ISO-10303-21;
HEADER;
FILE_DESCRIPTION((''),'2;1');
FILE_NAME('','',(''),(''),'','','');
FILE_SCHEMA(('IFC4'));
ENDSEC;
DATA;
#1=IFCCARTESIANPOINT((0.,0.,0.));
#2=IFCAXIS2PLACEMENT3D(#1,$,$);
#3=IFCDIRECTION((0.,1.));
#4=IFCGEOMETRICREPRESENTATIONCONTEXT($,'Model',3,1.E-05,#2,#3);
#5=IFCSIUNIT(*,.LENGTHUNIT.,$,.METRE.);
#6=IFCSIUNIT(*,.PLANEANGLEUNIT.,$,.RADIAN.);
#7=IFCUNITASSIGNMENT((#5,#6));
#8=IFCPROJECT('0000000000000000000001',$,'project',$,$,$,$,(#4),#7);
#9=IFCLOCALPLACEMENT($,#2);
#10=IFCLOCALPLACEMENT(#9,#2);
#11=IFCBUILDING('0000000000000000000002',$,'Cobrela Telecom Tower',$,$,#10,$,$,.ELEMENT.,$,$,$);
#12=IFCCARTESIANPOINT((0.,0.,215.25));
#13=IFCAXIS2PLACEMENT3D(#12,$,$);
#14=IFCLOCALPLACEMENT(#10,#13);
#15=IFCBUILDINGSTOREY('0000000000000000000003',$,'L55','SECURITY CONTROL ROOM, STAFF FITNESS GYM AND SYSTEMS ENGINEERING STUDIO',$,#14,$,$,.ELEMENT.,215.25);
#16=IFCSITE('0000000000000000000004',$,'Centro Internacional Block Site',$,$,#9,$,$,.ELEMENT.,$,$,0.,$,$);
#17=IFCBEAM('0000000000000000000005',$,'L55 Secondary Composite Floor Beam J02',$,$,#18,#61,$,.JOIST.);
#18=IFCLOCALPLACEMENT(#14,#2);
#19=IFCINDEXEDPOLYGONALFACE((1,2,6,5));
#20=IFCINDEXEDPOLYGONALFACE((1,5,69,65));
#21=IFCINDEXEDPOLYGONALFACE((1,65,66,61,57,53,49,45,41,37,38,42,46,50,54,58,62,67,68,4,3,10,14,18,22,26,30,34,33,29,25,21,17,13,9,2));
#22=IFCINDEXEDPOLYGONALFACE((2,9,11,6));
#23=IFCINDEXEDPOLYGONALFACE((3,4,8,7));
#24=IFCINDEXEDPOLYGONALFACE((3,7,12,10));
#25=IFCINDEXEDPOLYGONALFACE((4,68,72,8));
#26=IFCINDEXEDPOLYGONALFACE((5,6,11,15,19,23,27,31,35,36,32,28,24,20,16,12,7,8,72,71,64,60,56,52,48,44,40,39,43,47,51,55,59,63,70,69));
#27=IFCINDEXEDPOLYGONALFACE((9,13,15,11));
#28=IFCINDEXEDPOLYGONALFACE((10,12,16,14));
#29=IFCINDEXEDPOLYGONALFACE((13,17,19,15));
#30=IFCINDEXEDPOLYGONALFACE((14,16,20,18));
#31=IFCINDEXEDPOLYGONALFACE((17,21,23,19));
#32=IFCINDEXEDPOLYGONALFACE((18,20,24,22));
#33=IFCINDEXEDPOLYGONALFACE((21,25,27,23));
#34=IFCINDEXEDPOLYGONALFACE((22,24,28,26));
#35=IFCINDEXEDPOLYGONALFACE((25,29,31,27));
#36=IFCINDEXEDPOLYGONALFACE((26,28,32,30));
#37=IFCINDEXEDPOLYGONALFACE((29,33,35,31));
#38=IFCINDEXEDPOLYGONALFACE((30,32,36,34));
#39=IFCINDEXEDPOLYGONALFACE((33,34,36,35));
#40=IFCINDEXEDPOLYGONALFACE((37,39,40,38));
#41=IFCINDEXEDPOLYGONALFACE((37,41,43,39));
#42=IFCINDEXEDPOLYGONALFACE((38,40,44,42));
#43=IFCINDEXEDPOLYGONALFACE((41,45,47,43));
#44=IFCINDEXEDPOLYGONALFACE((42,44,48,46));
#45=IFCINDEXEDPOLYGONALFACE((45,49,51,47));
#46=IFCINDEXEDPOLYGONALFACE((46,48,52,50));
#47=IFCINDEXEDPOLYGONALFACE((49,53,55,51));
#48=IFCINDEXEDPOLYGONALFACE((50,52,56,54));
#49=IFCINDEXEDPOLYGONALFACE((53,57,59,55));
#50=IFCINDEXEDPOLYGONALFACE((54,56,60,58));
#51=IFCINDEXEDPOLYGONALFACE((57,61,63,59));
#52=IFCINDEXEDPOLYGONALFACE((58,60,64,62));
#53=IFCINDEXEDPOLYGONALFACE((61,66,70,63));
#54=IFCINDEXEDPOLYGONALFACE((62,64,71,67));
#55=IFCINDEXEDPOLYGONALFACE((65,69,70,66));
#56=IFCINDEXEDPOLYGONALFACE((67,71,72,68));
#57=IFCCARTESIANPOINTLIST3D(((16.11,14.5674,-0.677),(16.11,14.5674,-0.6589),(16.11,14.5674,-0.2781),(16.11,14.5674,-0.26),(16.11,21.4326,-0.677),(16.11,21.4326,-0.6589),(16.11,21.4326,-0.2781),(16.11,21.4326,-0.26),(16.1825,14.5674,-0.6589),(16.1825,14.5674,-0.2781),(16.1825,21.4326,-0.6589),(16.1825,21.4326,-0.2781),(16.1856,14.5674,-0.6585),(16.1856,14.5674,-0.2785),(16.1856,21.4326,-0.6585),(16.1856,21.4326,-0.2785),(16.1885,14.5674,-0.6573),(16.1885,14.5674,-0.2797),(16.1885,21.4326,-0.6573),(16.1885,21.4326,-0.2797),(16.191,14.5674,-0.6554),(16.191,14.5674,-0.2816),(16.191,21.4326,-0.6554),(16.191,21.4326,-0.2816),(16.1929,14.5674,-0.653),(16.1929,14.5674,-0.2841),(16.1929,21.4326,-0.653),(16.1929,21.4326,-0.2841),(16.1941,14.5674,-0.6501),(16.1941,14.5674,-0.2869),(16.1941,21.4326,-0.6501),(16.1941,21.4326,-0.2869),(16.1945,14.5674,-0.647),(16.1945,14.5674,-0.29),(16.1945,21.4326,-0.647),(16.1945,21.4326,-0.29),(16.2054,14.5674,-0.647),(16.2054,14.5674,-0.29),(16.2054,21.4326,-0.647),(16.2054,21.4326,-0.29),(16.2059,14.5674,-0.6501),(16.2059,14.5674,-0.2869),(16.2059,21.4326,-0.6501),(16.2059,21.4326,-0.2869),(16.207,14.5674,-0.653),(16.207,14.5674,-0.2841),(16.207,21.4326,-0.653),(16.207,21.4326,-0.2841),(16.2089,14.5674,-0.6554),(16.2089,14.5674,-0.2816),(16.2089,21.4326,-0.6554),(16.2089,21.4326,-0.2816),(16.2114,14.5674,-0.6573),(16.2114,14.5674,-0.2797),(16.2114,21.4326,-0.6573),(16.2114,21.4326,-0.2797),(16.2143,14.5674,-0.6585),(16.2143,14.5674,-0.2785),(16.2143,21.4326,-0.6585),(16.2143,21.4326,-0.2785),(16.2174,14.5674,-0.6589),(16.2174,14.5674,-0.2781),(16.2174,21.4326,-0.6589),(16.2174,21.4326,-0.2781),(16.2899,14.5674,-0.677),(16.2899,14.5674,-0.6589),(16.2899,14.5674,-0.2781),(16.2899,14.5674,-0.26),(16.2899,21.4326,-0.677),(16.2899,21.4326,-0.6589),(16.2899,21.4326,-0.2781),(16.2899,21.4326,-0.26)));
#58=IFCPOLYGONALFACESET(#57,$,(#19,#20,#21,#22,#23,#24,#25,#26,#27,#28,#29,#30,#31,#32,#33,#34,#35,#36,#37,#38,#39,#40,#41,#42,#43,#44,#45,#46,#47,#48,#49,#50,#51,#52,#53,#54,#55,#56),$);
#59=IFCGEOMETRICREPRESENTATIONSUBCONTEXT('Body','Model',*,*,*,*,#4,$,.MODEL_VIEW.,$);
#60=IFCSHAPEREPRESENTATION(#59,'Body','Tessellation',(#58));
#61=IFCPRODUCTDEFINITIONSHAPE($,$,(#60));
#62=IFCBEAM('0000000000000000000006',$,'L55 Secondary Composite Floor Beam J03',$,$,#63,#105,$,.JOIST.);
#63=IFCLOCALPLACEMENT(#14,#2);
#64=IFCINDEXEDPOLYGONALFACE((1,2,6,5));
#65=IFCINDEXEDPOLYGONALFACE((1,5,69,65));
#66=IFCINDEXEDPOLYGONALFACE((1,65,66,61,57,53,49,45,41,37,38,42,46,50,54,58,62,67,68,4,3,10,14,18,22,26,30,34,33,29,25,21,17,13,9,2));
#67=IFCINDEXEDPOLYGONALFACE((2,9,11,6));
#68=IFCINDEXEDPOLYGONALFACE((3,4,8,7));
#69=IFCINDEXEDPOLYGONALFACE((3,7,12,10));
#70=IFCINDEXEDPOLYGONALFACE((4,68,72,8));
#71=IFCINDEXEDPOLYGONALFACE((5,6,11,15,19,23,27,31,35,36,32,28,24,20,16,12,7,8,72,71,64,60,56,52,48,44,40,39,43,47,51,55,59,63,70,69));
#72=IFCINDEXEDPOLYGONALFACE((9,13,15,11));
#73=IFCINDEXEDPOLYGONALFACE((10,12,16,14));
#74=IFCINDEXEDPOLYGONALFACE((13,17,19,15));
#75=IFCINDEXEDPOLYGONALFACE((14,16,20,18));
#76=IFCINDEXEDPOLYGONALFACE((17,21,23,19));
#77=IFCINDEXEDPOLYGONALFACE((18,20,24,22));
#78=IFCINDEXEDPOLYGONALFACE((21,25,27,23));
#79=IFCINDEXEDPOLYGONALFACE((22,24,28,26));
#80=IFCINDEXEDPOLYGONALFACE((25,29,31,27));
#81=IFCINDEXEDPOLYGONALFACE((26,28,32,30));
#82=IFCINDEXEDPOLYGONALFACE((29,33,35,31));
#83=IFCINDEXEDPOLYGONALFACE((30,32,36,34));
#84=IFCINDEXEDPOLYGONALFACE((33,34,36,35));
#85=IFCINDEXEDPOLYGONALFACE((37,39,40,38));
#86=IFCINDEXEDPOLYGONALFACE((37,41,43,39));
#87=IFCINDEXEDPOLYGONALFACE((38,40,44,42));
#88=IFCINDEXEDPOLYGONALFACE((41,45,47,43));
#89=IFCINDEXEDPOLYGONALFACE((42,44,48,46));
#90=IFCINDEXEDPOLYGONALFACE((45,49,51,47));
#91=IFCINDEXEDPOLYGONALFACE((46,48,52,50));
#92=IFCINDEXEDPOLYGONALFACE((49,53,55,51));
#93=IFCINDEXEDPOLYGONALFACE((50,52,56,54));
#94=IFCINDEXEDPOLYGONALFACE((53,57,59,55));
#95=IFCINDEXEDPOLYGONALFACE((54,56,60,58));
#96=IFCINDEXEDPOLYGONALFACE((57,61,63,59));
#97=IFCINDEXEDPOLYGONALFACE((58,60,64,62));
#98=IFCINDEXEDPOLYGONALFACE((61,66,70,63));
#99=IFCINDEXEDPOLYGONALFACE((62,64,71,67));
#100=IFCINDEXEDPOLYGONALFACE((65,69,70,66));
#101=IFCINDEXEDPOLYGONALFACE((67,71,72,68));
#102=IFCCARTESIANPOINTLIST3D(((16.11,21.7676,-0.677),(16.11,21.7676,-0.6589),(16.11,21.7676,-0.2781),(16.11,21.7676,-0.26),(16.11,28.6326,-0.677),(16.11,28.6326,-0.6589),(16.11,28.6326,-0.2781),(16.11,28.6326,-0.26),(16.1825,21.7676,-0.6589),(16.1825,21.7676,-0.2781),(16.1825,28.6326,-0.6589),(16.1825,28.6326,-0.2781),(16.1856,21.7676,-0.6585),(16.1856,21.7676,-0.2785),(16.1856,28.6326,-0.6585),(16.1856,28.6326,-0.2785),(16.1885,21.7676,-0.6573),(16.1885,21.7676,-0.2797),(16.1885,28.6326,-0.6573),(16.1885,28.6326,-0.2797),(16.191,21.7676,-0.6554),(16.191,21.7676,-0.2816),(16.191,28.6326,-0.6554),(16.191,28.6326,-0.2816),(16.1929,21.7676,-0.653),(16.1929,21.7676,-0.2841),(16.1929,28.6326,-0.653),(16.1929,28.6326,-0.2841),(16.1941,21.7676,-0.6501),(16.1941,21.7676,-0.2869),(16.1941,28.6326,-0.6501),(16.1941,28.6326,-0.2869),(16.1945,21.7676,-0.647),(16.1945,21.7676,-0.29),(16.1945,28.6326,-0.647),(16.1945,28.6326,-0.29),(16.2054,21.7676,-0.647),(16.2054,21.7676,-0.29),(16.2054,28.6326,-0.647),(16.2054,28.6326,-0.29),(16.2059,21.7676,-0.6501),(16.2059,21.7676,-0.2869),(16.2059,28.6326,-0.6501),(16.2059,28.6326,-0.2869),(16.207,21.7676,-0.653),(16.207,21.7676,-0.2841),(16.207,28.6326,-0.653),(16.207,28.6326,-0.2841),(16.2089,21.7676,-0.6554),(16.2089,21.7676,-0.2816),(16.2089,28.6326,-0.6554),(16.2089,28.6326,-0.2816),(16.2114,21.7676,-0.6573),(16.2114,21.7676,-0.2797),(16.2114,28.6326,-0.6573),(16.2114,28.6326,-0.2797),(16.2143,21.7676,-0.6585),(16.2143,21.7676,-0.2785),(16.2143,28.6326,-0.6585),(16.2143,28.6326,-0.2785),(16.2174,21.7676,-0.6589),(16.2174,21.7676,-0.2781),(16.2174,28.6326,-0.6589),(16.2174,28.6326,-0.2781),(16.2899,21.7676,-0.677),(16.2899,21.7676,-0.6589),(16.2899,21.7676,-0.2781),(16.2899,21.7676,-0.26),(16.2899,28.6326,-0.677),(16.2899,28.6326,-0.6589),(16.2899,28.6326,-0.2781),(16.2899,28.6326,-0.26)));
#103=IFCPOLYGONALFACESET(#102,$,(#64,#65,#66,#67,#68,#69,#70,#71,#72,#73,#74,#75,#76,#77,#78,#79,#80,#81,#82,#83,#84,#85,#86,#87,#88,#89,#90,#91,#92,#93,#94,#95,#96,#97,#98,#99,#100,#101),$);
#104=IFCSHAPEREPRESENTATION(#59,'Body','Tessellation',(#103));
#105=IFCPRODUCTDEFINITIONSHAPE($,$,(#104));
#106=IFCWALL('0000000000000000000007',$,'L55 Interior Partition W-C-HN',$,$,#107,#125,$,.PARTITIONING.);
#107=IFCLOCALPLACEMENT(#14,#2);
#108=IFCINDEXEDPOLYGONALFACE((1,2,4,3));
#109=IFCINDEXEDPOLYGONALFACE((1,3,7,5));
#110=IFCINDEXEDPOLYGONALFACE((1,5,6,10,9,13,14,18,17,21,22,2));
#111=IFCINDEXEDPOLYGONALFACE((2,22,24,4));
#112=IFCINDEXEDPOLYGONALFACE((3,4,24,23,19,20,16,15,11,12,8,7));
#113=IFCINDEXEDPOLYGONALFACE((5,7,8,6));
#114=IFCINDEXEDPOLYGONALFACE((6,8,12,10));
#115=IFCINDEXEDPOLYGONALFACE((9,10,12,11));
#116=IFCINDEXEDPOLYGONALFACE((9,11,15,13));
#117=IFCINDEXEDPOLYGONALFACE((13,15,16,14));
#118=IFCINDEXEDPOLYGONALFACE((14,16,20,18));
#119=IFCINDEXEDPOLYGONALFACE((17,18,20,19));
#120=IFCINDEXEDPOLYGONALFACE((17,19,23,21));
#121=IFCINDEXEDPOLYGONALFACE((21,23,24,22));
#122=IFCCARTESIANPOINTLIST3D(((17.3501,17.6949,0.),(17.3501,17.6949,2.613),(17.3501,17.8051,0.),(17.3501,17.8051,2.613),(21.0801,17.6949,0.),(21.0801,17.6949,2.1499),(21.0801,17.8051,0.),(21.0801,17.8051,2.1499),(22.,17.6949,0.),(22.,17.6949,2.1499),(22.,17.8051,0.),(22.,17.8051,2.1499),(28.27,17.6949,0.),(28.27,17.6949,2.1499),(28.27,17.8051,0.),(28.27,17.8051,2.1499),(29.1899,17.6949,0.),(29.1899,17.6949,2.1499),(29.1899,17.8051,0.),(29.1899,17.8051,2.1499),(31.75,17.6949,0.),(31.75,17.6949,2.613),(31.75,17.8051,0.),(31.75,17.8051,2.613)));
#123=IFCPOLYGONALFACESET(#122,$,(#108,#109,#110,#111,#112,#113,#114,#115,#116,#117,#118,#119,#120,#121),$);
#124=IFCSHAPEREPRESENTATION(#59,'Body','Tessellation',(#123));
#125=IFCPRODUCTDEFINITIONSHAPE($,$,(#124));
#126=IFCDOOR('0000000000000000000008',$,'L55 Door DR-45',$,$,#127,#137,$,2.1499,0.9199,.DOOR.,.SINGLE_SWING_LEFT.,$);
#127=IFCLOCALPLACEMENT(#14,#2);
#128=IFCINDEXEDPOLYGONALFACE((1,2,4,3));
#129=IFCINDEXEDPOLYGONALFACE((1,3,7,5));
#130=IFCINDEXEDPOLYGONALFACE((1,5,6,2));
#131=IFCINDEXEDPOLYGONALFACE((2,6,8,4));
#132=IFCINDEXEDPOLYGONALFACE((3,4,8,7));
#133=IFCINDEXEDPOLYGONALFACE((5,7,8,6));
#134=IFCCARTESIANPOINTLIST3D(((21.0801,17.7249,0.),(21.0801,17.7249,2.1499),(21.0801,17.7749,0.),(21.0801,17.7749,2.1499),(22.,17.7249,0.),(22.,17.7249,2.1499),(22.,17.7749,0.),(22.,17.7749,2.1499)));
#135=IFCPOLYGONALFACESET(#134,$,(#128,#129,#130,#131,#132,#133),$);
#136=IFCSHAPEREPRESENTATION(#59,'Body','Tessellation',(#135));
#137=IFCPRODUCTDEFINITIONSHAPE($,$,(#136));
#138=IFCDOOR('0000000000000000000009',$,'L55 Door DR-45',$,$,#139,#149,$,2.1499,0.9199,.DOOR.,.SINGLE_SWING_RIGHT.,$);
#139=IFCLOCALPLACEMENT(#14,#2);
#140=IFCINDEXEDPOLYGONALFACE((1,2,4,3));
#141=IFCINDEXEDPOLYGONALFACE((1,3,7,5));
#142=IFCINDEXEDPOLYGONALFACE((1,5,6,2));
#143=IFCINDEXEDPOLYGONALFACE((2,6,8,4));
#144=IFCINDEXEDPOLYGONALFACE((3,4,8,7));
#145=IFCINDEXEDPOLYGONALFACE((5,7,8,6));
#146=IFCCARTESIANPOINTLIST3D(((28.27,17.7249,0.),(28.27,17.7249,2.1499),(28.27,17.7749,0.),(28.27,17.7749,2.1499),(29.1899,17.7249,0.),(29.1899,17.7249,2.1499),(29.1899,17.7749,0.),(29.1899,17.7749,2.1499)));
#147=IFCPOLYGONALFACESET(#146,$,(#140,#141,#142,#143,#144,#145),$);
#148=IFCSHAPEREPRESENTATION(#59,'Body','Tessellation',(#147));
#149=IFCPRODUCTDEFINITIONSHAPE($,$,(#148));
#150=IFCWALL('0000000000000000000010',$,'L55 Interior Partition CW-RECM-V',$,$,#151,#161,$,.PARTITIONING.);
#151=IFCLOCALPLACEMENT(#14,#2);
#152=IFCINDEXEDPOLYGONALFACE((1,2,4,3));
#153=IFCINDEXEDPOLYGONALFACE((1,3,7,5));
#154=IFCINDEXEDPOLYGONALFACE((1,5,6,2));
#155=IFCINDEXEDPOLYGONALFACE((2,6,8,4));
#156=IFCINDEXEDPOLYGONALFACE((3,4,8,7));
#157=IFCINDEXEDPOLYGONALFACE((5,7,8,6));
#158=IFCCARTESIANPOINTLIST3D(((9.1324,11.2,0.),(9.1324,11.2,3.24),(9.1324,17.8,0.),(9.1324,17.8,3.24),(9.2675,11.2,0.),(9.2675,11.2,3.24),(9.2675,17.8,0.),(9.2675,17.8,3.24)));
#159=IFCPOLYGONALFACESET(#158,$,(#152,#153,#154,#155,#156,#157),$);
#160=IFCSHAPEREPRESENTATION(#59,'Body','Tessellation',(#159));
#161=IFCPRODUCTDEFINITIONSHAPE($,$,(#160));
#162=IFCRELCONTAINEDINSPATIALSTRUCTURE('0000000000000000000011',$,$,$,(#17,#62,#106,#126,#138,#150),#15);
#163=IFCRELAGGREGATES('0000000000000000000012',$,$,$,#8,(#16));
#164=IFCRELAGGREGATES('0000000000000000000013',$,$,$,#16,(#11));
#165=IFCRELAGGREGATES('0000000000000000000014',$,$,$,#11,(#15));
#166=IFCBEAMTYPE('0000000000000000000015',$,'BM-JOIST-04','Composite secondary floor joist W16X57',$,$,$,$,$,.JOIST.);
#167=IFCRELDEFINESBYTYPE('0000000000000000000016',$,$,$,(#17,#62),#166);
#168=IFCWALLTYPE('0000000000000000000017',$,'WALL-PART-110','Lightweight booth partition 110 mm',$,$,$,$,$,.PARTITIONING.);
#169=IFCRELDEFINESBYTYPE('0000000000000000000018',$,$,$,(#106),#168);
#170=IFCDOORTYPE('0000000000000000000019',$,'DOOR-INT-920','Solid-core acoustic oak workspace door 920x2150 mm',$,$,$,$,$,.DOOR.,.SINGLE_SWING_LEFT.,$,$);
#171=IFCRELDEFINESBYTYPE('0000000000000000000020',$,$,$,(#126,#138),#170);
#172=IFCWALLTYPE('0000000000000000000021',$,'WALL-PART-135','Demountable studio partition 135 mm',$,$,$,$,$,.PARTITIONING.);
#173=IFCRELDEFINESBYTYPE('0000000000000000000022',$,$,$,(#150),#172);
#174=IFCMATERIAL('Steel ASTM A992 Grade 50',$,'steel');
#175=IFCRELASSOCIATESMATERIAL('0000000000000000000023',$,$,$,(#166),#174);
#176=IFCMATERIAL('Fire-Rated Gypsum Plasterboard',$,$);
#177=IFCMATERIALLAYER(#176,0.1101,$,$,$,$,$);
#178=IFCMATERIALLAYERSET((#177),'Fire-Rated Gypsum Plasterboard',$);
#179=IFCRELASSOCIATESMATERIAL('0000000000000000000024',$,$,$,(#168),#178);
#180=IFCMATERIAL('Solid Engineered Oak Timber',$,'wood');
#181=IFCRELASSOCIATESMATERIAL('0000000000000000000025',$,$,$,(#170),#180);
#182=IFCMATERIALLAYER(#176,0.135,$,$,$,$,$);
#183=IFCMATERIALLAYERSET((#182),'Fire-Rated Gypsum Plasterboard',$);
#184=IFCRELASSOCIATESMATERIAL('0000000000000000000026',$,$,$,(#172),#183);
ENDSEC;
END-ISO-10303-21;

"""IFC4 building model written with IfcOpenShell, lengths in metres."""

from ifc_helpers import new_model, si_unit, direction, frame, frame_2d, origin, origin_2d, place, context, subcontext, project, spatial, rectangle, i_section, extrude, material, layer, layer_set, material_profile, profile_set, type_object, element, fill, save


model = new_model("IFC4")

# Units and contexts
model_context = context("Model", 3, precision=1e-05, world=origin(), true_north=direction((0.0, 1.0)))
body_context = subcontext(model_context, "Body", "Model", "MODEL_VIEW")
ifc_project = project(units=[si_unit("LENGTHUNIT", "METRE"), si_unit("PLANEANGLEUNIT", "RADIAN")], contexts=[model_context])

# Site, building, storey
site_placement = place(None, origin())
site = spatial("IfcSite", under=ifc_project, at=site_placement, Name="Centro Internacional Block Site", CompositionType="ELEMENT", RefElevation=0.0)
building_placement = place(site_placement, origin())
building = spatial("IfcBuilding", under=site, at=building_placement, Name="Cobrela Telecom Tower", CompositionType="ELEMENT")
storey_placement = place(building_placement, frame((0.0, 0.0, 215.25)))
storey = spatial("IfcBuildingStorey", under=building, at=storey_placement, Name="L55", Description="SECURITY CONTROL ROOM, STAFF FITNESS GYM AND SYSTEMS ENGINEERING STUDIO", CompositionType="ELEMENT", Elevation=215.25)

# Beams
ifc_material_1 = material(Name="Steel ASTM A992 Grade 50", Category="steel")
ifc_material_profile_1 = material_profile(ifc_material_1, i_section(OverallWidth=0.1799, OverallDepth=0.417, WebThickness=0.011, FlangeThickness=0.0181, FilletRadius=0.012, at=origin_2d()), Name="W16X57")
ifc_profile_set_1 = profile_set([ifc_material_profile_1], Name="Steel ASTM A992 Grade 50")
beam_type_1 = type_object("IfcBeamType", Name="BM-JOIST-04", Description="Composite secondary floor joist W16X57", PredefinedType="JOIST", material=ifc_profile_set_1)
beam_1_placement = place(storey_placement, frame((16.2, 14.5674, -0.4685), z_axis=(0.0, 1.0, 0.0), x_axis=(-1.0, 0.0, 0.0)))
element("IfcBeam", 1, at=beam_1_placement, inside=storey, type_object=beam_type_1, Name="L55 Secondary Composite Floor Beam J02", PredefinedType="JOIST", context=body_context, shape_type="SweptSolid", body=[
    extrude(i_section(OverallWidth=0.1799, OverallDepth=0.417, WebThickness=0.011, FlangeThickness=0.0181, FilletRadius=0.012, at=origin_2d()), origin(), (0.0, 0.0, 1.0), 6.8652),
])
beam_2_placement = place(storey_placement, frame((16.2, 21.7676, -0.4685), z_axis=(0.0, 1.0, 0.0), x_axis=(-1.0, 0.0, 0.0)))
element("IfcBeam", 2, at=beam_2_placement, inside=storey, type_object=beam_type_1, Name="L55 Secondary Composite Floor Beam J03", PredefinedType="JOIST", context=body_context, shape_type="SweptSolid", body=[
    extrude(i_section(OverallWidth=0.1799, OverallDepth=0.417, WebThickness=0.011, FlangeThickness=0.0181, FilletRadius=0.012, at=origin_2d()), origin(), (0.0, 0.0, 1.0), 6.865),
])

# Wall, openings, doors
ifc_material_2 = material(Name="Fire-Rated Gypsum Plasterboard")
ifc_layer_1 = layer(ifc_material_2, 0.1101)
ifc_layer_set_1 = layer_set([ifc_layer_1], Name="Fire-Rated Gypsum Plasterboard")
wall_type_1 = type_object("IfcWallType", Name="WALL-PART-110", Description="Lightweight booth partition 110 mm", PredefinedType="PARTITIONING", material=ifc_layer_set_1)
wall_1_placement = place(storey_placement, frame((17.3501, 17.75, 0.0), z_axis=(0.0, 0.0, 1.0), x_axis=(1.0, 0.0, 0.0)))
wall_1 = element("IfcWall", 3, at=wall_1_placement, inside=storey, type_object=wall_type_1, Name="L55 Interior Partition W-C-HN", PredefinedType="PARTITIONING", context=body_context, shape_type="SweptSolid", body=[
    extrude(rectangle(XDim=14.3999, YDim=0.1101, at=frame_2d((7.2, 0.0))), origin(), (0.0, 0.0, 1.0), 2.613),
])
opening_1_placement = place(wall_1_placement, frame((3.73, 0.0, 0.0)))
opening_1 = element("IfcOpeningElement", 4, at=opening_1_placement, cuts=wall_1, PredefinedType="OPENING", context=body_context, shape_type="SweptSolid", body=[
    extrude(rectangle(XDim=0.9199, YDim=2.1499, at=frame_2d((0.46, 1.075))), frame((0.0, 0.0669, 0.0), z_axis=(0.0, -1.0, 0.0), x_axis=(1.0, 0.0, 0.0)), (0.0, 0.0, 1.0), 0.134),
])
opening_2_placement = place(wall_1_placement, frame((10.9199, 0.0, 0.0)))
opening_2 = element("IfcOpeningElement", 5, at=opening_2_placement, cuts=wall_1, PredefinedType="OPENING", context=body_context, shape_type="SweptSolid", body=[
    extrude(rectangle(XDim=0.9199, YDim=2.1499, at=frame_2d((0.46, 1.075))), frame((0.0, 0.0669, 0.0), z_axis=(0.0, -1.0, 0.0), x_axis=(1.0, 0.0, 0.0)), (0.0, 0.0, 1.0), 0.134),
])
ifc_material_3 = material(Name="Solid Engineered Oak Timber", Category="wood")
door_type_1 = type_object("IfcDoorType", Name="DOOR-INT-920", Description="Solid-core acoustic oak workspace door 920x2150 mm", OperationType="SINGLE_SWING_LEFT", PredefinedType="DOOR", material=ifc_material_3)
door_1_placement = place(opening_1_placement, origin())
door_1 = element("IfcDoor", 6, at=door_1_placement, inside=storey, type_object=door_type_1, Name="L55 Door DR-45", OperationType="SINGLE_SWING_LEFT", OverallHeight=2.1499, OverallWidth=0.9199, PredefinedType="DOOR", context=body_context, shape_type="SweptSolid", body=[
    extrude(rectangle(XDim=0.9199, YDim=2.1499, at=frame_2d((0.46, 1.075))), frame((0.0, 0.0249, 0.0), z_axis=(0.0, -1.0, 0.0), x_axis=(1.0, 0.0, 0.0)), (0.0, 0.0, 1.0), 0.05),
])
fill(opening_1, door_1)
door_2_placement = place(opening_2_placement, origin())
door_2 = element("IfcDoor", 7, at=door_2_placement, inside=storey, type_object=door_type_1, Name="L55 Door DR-45", OperationType="SINGLE_SWING_RIGHT", OverallHeight=2.1499, OverallWidth=0.9199, PredefinedType="DOOR", context=body_context, shape_type="SweptSolid", body=[
    extrude(rectangle(XDim=0.9199, YDim=2.1499, at=frame_2d((0.46, 1.075))), frame((0.0, 0.0249, 0.0), z_axis=(0.0, -1.0, 0.0), x_axis=(1.0, 0.0, 0.0)), (0.0, 0.0, 1.0), 0.05),
])
fill(opening_2, door_2)

# Wall
ifc_layer_2 = layer(ifc_material_2, 0.135)
ifc_layer_set_2 = layer_set([ifc_layer_2], Name="Fire-Rated Gypsum Plasterboard")
wall_type_2 = type_object("IfcWallType", Name="WALL-PART-135", Description="Demountable studio partition 135 mm", PredefinedType="PARTITIONING", material=ifc_layer_set_2)
wall_2_placement = place(storey_placement, frame((9.2, 11.2, 0.0), z_axis=(0.0, 0.0, 1.0), x_axis=(0.0, 1.0, 0.0)))
element("IfcWall", 8, at=wall_2_placement, inside=storey, type_object=wall_type_2, Name="L55 Interior Partition CW-RECM-V", PredefinedType="PARTITIONING", context=body_context, shape_type="SweptSolid", body=[
    extrude(rectangle(XDim=6.6001, YDim=0.135, at=frame_2d((3.3, 0.0))), origin(), (0.0, 0.0, 1.0), 3.24),
])

save(model, "model.ifc")
